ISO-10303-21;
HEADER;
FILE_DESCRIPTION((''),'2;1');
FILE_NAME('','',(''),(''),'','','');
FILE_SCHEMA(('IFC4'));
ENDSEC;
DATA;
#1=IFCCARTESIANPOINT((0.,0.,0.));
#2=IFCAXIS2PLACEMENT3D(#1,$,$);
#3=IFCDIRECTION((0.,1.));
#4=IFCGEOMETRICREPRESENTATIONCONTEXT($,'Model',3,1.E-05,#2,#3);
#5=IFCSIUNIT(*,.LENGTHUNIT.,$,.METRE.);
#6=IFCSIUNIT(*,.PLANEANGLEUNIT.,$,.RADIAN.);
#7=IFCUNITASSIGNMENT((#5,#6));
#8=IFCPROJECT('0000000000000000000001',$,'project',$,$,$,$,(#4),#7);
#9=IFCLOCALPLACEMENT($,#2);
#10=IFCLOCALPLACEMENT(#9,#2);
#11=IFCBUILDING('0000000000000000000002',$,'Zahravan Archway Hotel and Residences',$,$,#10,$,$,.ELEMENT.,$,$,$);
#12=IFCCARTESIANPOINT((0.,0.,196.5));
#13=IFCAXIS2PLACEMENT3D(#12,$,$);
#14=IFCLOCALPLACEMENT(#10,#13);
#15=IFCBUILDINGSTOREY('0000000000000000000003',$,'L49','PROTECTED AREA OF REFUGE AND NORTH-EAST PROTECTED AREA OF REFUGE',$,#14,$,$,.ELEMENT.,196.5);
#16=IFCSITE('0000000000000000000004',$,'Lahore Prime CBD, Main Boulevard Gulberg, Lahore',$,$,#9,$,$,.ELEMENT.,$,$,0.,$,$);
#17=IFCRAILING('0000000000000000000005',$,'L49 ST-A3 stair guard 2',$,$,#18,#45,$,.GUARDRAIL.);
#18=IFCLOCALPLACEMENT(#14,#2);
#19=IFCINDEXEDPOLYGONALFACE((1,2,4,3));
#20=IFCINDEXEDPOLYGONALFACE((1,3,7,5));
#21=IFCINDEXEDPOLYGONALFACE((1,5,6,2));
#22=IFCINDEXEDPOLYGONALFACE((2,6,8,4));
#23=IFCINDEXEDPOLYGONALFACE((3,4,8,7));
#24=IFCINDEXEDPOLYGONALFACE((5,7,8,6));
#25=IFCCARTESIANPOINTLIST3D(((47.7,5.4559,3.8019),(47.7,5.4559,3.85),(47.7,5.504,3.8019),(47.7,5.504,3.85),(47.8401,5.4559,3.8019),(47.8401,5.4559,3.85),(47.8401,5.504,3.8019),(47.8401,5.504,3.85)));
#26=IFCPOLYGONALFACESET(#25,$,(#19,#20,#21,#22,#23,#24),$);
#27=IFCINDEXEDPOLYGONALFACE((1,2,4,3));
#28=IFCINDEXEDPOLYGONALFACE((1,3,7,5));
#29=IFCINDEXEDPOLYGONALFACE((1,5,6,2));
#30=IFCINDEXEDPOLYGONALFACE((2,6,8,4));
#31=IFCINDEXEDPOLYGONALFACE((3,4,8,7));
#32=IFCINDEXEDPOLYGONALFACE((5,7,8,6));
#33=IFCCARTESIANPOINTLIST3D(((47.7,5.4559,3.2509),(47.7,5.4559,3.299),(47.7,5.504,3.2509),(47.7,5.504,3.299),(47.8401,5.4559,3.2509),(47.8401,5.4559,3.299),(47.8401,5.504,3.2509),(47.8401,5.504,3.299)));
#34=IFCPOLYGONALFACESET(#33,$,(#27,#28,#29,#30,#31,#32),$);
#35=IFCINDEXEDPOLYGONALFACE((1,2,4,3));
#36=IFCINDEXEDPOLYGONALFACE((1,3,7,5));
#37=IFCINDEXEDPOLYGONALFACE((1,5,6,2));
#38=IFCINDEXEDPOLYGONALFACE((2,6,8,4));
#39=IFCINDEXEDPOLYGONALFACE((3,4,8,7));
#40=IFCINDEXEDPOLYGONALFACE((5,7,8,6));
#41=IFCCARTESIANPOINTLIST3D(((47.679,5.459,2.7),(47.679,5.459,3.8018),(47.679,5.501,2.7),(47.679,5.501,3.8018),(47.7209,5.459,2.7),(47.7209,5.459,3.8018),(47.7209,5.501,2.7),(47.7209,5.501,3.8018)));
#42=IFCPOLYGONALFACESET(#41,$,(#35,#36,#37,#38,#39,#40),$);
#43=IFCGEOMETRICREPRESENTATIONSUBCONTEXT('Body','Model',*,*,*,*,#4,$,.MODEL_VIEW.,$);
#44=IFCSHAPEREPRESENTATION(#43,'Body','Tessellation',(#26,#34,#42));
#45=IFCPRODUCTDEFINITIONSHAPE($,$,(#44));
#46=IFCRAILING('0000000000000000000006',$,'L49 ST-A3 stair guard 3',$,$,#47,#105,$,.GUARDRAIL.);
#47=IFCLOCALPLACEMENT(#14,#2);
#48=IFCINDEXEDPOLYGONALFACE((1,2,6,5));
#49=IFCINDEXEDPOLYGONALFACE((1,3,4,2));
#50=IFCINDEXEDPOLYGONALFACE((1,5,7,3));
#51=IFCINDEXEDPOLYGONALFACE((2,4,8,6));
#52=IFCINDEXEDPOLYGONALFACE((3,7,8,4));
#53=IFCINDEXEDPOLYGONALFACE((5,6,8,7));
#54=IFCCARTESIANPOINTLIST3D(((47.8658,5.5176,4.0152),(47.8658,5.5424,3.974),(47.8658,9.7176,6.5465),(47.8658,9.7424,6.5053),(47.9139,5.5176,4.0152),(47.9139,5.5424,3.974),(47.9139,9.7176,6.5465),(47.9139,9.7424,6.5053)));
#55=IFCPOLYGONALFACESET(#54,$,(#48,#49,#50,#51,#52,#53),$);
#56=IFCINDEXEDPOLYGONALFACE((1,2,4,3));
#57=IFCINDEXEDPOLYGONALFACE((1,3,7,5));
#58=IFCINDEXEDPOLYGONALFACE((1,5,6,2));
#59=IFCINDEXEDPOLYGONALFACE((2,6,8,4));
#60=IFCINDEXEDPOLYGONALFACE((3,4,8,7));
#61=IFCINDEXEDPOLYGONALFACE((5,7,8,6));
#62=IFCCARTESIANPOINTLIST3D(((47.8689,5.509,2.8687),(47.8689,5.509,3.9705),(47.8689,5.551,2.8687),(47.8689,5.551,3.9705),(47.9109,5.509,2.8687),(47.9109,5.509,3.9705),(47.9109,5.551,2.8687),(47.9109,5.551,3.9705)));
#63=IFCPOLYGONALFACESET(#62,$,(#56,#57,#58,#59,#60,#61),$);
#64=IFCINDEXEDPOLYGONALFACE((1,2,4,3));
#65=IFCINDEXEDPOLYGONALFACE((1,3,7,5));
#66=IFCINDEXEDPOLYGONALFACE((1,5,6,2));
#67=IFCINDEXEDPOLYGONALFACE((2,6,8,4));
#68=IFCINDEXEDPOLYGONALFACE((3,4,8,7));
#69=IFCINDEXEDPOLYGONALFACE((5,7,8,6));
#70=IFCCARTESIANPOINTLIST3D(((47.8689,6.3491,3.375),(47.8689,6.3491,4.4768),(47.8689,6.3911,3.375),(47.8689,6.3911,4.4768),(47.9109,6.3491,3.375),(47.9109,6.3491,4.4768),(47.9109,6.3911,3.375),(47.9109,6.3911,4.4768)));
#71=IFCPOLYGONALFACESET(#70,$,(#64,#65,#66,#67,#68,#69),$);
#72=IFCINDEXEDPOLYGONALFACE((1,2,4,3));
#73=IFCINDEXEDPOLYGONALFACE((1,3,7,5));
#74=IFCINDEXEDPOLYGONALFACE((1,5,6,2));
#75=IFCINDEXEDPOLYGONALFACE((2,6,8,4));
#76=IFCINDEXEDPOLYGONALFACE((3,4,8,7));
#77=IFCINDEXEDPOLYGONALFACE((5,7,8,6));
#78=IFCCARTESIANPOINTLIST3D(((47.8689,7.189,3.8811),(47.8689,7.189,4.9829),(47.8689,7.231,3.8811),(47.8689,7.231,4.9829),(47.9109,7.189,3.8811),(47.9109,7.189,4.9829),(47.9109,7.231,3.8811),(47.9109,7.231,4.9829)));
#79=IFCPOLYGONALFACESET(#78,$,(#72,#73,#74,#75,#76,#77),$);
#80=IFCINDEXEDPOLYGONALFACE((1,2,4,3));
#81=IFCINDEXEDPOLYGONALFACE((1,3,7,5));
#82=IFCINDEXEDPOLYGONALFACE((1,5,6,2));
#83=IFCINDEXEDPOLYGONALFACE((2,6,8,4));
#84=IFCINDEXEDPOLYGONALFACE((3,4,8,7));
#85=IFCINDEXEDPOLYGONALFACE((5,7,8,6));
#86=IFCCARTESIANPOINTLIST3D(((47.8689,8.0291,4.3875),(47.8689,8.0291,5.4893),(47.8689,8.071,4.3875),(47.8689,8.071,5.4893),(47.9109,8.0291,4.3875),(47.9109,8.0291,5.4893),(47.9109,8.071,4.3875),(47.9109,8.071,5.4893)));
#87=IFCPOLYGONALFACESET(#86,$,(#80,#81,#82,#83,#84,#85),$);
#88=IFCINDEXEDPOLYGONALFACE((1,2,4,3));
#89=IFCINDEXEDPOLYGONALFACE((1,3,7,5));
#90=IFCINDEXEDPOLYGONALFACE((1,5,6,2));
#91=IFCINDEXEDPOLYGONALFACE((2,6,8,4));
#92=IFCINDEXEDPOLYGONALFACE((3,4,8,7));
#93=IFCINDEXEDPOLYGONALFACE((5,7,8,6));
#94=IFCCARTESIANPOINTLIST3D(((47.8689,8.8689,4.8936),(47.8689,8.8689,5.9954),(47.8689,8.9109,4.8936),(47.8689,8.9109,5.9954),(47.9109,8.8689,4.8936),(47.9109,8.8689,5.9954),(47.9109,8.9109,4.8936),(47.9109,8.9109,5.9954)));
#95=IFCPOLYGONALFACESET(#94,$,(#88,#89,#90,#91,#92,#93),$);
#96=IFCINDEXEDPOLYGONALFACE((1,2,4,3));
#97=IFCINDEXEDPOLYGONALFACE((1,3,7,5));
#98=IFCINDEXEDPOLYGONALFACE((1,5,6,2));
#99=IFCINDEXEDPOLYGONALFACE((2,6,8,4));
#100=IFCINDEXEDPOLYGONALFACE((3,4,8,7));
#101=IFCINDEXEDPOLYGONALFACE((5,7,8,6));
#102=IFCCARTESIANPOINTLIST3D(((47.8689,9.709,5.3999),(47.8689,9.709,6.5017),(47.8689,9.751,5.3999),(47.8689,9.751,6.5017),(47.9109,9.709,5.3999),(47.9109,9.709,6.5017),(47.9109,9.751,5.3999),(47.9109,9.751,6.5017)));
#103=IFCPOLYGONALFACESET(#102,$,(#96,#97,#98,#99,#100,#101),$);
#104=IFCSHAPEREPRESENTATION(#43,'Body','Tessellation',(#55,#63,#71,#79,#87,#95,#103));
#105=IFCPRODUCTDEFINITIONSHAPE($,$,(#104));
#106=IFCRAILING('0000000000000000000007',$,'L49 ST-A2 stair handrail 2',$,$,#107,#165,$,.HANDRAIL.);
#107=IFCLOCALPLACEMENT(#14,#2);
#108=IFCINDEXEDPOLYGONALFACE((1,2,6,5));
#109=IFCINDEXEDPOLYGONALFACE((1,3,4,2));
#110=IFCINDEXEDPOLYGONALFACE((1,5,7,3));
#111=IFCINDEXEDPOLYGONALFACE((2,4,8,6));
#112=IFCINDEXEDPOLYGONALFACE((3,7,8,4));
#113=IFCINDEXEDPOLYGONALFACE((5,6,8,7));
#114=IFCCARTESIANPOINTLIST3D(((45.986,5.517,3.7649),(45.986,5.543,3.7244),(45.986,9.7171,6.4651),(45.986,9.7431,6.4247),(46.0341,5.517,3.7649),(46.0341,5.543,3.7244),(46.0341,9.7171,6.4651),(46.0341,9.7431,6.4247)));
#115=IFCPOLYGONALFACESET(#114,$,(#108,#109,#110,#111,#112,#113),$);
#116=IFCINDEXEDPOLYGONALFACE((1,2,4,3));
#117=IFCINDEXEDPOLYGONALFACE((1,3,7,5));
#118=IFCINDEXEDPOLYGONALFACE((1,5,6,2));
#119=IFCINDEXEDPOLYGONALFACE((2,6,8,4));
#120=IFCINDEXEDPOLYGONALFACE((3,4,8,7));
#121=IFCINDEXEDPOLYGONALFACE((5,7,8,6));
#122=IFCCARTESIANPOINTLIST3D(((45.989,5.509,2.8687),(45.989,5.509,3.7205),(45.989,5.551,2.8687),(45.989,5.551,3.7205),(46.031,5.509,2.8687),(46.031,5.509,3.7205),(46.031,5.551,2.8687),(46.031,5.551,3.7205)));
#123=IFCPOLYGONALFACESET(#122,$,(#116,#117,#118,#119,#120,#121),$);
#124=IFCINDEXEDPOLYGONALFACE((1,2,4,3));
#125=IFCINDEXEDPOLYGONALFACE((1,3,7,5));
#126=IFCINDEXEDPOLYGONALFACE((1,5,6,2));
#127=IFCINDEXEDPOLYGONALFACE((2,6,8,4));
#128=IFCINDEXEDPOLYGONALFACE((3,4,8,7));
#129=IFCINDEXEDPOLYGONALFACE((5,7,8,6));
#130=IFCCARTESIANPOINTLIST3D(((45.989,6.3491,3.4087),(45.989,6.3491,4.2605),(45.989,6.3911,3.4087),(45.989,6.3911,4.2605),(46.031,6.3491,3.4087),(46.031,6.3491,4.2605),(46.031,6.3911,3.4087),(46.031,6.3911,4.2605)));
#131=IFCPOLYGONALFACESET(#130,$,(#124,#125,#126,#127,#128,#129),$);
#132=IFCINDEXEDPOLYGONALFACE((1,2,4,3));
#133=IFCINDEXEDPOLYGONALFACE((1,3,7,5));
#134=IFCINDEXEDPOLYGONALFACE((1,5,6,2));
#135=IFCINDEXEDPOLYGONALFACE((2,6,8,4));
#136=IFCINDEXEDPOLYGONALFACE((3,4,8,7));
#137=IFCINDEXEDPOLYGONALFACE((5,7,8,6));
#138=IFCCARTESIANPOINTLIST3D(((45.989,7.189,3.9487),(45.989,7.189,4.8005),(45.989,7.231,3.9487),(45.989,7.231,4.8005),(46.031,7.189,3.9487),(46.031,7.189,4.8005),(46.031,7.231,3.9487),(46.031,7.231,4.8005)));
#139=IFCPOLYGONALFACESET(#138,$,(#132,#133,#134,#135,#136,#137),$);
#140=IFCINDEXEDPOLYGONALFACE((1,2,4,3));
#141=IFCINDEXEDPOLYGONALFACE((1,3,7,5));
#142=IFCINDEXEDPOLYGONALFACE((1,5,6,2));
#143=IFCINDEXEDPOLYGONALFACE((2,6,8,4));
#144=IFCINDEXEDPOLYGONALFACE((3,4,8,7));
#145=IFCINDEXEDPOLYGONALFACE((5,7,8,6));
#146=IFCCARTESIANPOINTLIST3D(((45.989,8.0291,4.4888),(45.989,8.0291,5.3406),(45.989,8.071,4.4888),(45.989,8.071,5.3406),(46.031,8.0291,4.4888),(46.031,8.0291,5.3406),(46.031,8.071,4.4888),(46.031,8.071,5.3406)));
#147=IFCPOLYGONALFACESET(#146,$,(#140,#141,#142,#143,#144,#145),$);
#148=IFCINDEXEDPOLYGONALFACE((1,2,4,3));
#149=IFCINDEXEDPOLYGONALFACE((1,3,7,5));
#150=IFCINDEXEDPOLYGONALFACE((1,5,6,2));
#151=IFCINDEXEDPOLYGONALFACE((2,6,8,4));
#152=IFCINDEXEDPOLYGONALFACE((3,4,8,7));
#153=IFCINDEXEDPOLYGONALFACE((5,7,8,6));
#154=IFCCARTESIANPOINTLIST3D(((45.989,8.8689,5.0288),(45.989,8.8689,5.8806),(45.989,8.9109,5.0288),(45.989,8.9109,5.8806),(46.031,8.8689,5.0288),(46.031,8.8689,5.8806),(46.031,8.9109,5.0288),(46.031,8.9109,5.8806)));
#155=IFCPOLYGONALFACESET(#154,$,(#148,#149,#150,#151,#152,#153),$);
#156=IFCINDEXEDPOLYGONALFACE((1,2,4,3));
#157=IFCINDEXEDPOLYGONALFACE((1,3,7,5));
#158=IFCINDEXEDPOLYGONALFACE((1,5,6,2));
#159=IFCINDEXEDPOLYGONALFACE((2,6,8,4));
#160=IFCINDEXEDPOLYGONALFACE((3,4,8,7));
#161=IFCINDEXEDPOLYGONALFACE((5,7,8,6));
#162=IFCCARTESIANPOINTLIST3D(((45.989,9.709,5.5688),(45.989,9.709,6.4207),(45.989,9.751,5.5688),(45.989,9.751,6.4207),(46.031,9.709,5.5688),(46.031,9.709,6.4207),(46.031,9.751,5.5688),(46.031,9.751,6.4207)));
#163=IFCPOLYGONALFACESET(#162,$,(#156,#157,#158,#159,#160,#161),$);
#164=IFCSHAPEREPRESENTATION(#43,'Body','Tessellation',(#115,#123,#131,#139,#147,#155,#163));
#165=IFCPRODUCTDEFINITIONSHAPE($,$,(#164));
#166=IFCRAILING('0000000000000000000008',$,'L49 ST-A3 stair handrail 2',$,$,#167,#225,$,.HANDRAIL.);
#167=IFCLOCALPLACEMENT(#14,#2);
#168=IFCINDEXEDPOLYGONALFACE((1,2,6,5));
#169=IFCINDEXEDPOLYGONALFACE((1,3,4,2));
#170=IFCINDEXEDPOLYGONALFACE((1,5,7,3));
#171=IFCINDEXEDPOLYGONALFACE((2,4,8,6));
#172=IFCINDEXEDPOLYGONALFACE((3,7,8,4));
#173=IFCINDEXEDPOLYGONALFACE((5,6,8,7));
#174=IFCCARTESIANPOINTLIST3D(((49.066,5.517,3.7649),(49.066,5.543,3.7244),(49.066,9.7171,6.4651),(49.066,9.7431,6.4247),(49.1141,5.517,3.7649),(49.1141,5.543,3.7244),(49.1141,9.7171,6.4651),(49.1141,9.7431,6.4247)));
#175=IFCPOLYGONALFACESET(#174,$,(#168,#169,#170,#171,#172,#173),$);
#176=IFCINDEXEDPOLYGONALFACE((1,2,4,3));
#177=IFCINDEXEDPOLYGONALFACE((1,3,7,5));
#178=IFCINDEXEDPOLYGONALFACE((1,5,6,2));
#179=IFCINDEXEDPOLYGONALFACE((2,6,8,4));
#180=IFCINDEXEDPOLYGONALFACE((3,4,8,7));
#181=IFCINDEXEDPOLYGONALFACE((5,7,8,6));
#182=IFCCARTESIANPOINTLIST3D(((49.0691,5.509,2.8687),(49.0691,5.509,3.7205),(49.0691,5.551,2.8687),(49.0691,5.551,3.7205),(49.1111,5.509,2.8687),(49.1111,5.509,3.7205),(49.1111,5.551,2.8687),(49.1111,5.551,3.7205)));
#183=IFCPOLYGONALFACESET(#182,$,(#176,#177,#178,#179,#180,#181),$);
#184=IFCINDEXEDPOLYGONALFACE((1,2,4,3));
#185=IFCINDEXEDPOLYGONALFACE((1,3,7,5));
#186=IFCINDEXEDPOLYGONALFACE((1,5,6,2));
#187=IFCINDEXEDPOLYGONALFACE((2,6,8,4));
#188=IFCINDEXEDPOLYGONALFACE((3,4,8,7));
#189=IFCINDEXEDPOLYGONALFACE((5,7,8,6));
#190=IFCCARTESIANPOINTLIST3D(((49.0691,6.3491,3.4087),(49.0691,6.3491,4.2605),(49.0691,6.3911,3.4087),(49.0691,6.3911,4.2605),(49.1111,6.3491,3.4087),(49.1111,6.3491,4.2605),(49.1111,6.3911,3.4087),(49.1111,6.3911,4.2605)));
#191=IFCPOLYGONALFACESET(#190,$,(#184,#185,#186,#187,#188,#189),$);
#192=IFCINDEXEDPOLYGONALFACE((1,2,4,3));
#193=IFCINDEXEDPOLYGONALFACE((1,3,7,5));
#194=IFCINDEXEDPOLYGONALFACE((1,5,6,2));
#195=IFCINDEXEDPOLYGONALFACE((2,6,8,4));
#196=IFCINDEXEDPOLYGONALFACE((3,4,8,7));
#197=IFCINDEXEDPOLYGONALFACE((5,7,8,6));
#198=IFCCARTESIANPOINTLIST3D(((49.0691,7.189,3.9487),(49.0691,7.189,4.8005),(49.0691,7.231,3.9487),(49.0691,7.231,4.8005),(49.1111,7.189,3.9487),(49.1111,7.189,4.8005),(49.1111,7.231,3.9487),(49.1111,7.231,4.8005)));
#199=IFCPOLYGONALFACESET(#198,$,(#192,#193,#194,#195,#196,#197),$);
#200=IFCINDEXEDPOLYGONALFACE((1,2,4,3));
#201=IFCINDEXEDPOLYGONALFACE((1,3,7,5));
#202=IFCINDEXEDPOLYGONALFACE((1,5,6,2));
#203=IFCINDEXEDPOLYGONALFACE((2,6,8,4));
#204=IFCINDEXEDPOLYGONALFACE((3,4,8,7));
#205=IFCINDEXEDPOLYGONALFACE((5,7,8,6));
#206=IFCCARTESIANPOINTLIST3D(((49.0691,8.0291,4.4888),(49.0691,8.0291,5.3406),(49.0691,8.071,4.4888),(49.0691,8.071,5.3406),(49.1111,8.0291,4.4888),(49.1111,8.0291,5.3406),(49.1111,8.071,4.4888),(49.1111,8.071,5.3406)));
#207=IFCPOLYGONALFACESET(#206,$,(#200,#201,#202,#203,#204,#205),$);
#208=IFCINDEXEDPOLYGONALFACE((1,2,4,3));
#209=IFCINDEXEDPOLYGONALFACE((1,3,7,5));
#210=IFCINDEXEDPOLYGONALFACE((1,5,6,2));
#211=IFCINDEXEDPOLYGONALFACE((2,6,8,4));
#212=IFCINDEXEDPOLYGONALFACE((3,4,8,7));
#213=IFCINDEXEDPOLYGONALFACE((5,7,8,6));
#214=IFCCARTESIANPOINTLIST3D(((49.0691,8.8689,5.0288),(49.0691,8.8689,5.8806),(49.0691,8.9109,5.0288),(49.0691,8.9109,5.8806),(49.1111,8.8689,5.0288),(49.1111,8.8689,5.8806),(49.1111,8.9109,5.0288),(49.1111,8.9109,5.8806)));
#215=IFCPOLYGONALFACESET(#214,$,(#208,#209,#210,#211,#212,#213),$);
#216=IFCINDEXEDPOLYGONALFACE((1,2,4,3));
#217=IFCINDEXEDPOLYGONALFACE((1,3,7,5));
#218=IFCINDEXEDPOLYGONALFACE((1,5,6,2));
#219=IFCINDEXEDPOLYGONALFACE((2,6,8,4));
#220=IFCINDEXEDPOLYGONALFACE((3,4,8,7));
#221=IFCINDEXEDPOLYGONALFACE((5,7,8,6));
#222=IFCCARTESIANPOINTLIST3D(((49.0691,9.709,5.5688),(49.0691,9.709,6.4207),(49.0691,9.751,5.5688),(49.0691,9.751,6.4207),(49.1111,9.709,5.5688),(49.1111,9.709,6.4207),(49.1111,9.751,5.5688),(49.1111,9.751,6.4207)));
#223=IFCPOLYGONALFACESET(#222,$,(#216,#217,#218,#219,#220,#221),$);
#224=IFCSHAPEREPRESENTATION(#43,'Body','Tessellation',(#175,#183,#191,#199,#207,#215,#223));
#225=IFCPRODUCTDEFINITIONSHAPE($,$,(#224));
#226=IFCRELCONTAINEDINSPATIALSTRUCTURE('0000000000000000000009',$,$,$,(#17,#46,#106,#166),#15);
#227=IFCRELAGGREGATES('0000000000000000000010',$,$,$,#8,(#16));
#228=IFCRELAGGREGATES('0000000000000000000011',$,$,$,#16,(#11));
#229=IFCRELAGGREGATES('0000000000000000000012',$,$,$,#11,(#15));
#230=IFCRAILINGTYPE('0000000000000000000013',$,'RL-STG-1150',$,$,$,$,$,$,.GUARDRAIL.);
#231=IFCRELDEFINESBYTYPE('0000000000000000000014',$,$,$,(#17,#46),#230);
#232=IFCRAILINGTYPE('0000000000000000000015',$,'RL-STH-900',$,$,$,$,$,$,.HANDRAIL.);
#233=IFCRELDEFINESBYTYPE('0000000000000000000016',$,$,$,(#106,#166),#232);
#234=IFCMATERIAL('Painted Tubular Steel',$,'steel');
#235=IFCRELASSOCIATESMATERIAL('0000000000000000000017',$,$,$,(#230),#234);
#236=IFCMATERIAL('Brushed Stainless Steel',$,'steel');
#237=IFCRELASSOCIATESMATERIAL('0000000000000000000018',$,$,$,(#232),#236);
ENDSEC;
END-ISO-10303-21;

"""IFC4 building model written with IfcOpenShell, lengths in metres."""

from ifc_helpers import new_model, si_unit, direction, frame, origin, origin_2d, place, context, subcontext, project, spatial, rectangle, extrude, material, type_object, element, save


model = new_model("IFC4")

# Units and contexts
model_context = context("Model", 3, precision=1e-05, world=origin(), true_north=direction((0.0, 1.0)))
body_context = subcontext(model_context, "Body", "Model", "MODEL_VIEW")
ifc_project = project(units=[si_unit("LENGTHUNIT", "METRE"), si_unit("PLANEANGLEUNIT", "RADIAN")], contexts=[model_context])

# Site, building, storey
site_placement = place(None, origin())
site = spatial("IfcSite", under=ifc_project, at=site_placement, Name="Lahore Prime CBD, Main Boulevard Gulberg, Lahore", CompositionType="ELEMENT", RefElevation=0.0)
building_placement = place(site_placement, origin())
building = spatial("IfcBuilding", under=site, at=building_placement, Name="Zahravan Archway Hotel and Residences", CompositionType="ELEMENT")
storey_placement = place(building_placement, frame((0.0, 0.0, 196.5)))
storey = spatial("IfcBuildingStorey", under=building, at=storey_placement, Name="L49", Description="PROTECTED AREA OF REFUGE AND NORTH-EAST PROTECTED AREA OF REFUGE", CompositionType="ELEMENT", Elevation=196.5)

# Railings
ifc_material_1 = material(Name="Painted Tubular Steel", Category="steel")
railing_type_1 = type_object("IfcRailingType", Name="RL-STG-1150", PredefinedType="GUARDRAIL", material=ifc_material_1)
railing_1_placement = place(storey_placement, frame((47.7, 5.48, 2.7)))
element("IfcRailing", 1, at=railing_1_placement, inside=storey, type_object=railing_type_1, Name="L49 ST-A3 stair guard 2", PredefinedType="GUARDRAIL", context=body_context, shape_type="SweptSolid", body=[
    extrude(rectangle(XDim=0.0481, YDim=0.0481, at=origin_2d()), frame((0.0, 0.0, 1.126), z_axis=(1.0, 0.0, 0.0), x_axis=(0.0, 1.0, 0.0)), (0.0, 0.0, 1.0), 0.1401),
    extrude(rectangle(XDim=0.0481, YDim=0.0481, at=origin_2d()), frame((0.0, 0.0, 0.575), z_axis=(1.0, 0.0, 0.0), x_axis=(0.0, 1.0, 0.0)), (0.0, 0.0, 1.0), 0.1401),
    extrude(rectangle(XDim=0.042, YDim=0.042, at=origin_2d()), origin(), (0.0, 0.0, 1.0), 1.1018),
])
railing_2_placement = place(storey_placement, frame((47.8899, 5.53, 2.8687)))
element("IfcRailing", 2, at=railing_2_placement, inside=storey, type_object=railing_type_1, Name="L49 ST-A3 stair guard 3", PredefinedType="GUARDRAIL", context=body_context, shape_type="SweptSolid", body=[
    extrude(rectangle(XDim=0.0481, YDim=0.0481, at=origin_2d()), frame((0.0, 0.0, 1.126), z_axis=(0.0, 0.856476, 0.516186), x_axis=(-1.0, 0.0, 0.0)), (0.0, 0.0, 1.0), 4.9038),
    extrude(rectangle(XDim=0.042, YDim=0.042, at=origin_2d()), origin(), (0.0, 0.0, 1.0), 1.1018),
    extrude(rectangle(XDim=0.042, YDim=0.042, at=origin_2d()), frame((0.0, 0.8401, 0.5063)), (0.0, 0.0, 1.0), 1.1018),
    extrude(rectangle(XDim=0.042, YDim=0.042, at=origin_2d()), frame((0.0, 1.6799, 1.0125)), (0.0, 0.0, 1.0), 1.1018),
    extrude(rectangle(XDim=0.042, YDim=0.042, at=origin_2d()), frame((0.0, 2.52, 1.5188)), (0.0, 0.0, 1.0), 1.1018),
    extrude(rectangle(XDim=0.042, YDim=0.042, at=origin_2d()), frame((0.0, 3.3599, 2.0249)), (0.0, 0.0, 1.0), 1.1018),
    extrude(rectangle(XDim=0.042, YDim=0.042, at=origin_2d()), frame((0.0, 4.2, 2.5312)), (0.0, 0.0, 1.0), 1.1018),
])
ifc_material_2 = material(Name="Brushed Stainless Steel", Category="steel")
railing_type_2 = type_object("IfcRailingType", Name="RL-STH-900", PredefinedType="HANDRAIL", material=ifc_material_2)
for number, where, name in (
    (3, (46.01, 5.53, 2.8687), "L49 ST-A2 stair handrail 2"),
    (4, (49.0901, 5.53, 2.8687), "L49 ST-A3 stair handrail 2"),
):
    element("IfcRailing", number, at=place(storey_placement, frame(where)), inside=storey, type_object=railing_type_2, Name=name, PredefinedType="HANDRAIL", context=body_context, shape_type="SweptSolid", body=[
        extrude(rectangle(XDim=0.0481, YDim=0.0481, at=origin_2d()), frame((0.0, 0.0, 0.876), z_axis=(0.0, 0.841158, 0.54079), x_axis=(-1.0, 0.0, 0.0)), (0.0, 0.0, 1.0), 4.9932),
        extrude(rectangle(XDim=0.042, YDim=0.042, at=origin_2d()), origin(), (0.0, 0.0, 1.0), 0.8518),
        extrude(rectangle(XDim=0.042, YDim=0.042, at=origin_2d()), frame((0.0, 0.8401, 0.54)), (0.0, 0.0, 1.0), 0.8518),
        extrude(rectangle(XDim=0.042, YDim=0.042, at=origin_2d()), frame((0.0, 1.6799, 1.0801)), (0.0, 0.0, 1.0), 0.8518),
        extrude(rectangle(XDim=0.042, YDim=0.042, at=origin_2d()), frame((0.0, 2.52, 1.6201)), (0.0, 0.0, 1.0), 0.8518),
        extrude(rectangle(XDim=0.042, YDim=0.042, at=origin_2d()), frame((0.0, 3.3599, 2.1602)), (0.0, 0.0, 1.0), 0.8518),
        extrude(rectangle(XDim=0.042, YDim=0.042, at=origin_2d()), frame((0.0, 4.2, 2.7002)), (0.0, 0.0, 1.0), 0.8518),
    ])

save(model, "model.ifc")
